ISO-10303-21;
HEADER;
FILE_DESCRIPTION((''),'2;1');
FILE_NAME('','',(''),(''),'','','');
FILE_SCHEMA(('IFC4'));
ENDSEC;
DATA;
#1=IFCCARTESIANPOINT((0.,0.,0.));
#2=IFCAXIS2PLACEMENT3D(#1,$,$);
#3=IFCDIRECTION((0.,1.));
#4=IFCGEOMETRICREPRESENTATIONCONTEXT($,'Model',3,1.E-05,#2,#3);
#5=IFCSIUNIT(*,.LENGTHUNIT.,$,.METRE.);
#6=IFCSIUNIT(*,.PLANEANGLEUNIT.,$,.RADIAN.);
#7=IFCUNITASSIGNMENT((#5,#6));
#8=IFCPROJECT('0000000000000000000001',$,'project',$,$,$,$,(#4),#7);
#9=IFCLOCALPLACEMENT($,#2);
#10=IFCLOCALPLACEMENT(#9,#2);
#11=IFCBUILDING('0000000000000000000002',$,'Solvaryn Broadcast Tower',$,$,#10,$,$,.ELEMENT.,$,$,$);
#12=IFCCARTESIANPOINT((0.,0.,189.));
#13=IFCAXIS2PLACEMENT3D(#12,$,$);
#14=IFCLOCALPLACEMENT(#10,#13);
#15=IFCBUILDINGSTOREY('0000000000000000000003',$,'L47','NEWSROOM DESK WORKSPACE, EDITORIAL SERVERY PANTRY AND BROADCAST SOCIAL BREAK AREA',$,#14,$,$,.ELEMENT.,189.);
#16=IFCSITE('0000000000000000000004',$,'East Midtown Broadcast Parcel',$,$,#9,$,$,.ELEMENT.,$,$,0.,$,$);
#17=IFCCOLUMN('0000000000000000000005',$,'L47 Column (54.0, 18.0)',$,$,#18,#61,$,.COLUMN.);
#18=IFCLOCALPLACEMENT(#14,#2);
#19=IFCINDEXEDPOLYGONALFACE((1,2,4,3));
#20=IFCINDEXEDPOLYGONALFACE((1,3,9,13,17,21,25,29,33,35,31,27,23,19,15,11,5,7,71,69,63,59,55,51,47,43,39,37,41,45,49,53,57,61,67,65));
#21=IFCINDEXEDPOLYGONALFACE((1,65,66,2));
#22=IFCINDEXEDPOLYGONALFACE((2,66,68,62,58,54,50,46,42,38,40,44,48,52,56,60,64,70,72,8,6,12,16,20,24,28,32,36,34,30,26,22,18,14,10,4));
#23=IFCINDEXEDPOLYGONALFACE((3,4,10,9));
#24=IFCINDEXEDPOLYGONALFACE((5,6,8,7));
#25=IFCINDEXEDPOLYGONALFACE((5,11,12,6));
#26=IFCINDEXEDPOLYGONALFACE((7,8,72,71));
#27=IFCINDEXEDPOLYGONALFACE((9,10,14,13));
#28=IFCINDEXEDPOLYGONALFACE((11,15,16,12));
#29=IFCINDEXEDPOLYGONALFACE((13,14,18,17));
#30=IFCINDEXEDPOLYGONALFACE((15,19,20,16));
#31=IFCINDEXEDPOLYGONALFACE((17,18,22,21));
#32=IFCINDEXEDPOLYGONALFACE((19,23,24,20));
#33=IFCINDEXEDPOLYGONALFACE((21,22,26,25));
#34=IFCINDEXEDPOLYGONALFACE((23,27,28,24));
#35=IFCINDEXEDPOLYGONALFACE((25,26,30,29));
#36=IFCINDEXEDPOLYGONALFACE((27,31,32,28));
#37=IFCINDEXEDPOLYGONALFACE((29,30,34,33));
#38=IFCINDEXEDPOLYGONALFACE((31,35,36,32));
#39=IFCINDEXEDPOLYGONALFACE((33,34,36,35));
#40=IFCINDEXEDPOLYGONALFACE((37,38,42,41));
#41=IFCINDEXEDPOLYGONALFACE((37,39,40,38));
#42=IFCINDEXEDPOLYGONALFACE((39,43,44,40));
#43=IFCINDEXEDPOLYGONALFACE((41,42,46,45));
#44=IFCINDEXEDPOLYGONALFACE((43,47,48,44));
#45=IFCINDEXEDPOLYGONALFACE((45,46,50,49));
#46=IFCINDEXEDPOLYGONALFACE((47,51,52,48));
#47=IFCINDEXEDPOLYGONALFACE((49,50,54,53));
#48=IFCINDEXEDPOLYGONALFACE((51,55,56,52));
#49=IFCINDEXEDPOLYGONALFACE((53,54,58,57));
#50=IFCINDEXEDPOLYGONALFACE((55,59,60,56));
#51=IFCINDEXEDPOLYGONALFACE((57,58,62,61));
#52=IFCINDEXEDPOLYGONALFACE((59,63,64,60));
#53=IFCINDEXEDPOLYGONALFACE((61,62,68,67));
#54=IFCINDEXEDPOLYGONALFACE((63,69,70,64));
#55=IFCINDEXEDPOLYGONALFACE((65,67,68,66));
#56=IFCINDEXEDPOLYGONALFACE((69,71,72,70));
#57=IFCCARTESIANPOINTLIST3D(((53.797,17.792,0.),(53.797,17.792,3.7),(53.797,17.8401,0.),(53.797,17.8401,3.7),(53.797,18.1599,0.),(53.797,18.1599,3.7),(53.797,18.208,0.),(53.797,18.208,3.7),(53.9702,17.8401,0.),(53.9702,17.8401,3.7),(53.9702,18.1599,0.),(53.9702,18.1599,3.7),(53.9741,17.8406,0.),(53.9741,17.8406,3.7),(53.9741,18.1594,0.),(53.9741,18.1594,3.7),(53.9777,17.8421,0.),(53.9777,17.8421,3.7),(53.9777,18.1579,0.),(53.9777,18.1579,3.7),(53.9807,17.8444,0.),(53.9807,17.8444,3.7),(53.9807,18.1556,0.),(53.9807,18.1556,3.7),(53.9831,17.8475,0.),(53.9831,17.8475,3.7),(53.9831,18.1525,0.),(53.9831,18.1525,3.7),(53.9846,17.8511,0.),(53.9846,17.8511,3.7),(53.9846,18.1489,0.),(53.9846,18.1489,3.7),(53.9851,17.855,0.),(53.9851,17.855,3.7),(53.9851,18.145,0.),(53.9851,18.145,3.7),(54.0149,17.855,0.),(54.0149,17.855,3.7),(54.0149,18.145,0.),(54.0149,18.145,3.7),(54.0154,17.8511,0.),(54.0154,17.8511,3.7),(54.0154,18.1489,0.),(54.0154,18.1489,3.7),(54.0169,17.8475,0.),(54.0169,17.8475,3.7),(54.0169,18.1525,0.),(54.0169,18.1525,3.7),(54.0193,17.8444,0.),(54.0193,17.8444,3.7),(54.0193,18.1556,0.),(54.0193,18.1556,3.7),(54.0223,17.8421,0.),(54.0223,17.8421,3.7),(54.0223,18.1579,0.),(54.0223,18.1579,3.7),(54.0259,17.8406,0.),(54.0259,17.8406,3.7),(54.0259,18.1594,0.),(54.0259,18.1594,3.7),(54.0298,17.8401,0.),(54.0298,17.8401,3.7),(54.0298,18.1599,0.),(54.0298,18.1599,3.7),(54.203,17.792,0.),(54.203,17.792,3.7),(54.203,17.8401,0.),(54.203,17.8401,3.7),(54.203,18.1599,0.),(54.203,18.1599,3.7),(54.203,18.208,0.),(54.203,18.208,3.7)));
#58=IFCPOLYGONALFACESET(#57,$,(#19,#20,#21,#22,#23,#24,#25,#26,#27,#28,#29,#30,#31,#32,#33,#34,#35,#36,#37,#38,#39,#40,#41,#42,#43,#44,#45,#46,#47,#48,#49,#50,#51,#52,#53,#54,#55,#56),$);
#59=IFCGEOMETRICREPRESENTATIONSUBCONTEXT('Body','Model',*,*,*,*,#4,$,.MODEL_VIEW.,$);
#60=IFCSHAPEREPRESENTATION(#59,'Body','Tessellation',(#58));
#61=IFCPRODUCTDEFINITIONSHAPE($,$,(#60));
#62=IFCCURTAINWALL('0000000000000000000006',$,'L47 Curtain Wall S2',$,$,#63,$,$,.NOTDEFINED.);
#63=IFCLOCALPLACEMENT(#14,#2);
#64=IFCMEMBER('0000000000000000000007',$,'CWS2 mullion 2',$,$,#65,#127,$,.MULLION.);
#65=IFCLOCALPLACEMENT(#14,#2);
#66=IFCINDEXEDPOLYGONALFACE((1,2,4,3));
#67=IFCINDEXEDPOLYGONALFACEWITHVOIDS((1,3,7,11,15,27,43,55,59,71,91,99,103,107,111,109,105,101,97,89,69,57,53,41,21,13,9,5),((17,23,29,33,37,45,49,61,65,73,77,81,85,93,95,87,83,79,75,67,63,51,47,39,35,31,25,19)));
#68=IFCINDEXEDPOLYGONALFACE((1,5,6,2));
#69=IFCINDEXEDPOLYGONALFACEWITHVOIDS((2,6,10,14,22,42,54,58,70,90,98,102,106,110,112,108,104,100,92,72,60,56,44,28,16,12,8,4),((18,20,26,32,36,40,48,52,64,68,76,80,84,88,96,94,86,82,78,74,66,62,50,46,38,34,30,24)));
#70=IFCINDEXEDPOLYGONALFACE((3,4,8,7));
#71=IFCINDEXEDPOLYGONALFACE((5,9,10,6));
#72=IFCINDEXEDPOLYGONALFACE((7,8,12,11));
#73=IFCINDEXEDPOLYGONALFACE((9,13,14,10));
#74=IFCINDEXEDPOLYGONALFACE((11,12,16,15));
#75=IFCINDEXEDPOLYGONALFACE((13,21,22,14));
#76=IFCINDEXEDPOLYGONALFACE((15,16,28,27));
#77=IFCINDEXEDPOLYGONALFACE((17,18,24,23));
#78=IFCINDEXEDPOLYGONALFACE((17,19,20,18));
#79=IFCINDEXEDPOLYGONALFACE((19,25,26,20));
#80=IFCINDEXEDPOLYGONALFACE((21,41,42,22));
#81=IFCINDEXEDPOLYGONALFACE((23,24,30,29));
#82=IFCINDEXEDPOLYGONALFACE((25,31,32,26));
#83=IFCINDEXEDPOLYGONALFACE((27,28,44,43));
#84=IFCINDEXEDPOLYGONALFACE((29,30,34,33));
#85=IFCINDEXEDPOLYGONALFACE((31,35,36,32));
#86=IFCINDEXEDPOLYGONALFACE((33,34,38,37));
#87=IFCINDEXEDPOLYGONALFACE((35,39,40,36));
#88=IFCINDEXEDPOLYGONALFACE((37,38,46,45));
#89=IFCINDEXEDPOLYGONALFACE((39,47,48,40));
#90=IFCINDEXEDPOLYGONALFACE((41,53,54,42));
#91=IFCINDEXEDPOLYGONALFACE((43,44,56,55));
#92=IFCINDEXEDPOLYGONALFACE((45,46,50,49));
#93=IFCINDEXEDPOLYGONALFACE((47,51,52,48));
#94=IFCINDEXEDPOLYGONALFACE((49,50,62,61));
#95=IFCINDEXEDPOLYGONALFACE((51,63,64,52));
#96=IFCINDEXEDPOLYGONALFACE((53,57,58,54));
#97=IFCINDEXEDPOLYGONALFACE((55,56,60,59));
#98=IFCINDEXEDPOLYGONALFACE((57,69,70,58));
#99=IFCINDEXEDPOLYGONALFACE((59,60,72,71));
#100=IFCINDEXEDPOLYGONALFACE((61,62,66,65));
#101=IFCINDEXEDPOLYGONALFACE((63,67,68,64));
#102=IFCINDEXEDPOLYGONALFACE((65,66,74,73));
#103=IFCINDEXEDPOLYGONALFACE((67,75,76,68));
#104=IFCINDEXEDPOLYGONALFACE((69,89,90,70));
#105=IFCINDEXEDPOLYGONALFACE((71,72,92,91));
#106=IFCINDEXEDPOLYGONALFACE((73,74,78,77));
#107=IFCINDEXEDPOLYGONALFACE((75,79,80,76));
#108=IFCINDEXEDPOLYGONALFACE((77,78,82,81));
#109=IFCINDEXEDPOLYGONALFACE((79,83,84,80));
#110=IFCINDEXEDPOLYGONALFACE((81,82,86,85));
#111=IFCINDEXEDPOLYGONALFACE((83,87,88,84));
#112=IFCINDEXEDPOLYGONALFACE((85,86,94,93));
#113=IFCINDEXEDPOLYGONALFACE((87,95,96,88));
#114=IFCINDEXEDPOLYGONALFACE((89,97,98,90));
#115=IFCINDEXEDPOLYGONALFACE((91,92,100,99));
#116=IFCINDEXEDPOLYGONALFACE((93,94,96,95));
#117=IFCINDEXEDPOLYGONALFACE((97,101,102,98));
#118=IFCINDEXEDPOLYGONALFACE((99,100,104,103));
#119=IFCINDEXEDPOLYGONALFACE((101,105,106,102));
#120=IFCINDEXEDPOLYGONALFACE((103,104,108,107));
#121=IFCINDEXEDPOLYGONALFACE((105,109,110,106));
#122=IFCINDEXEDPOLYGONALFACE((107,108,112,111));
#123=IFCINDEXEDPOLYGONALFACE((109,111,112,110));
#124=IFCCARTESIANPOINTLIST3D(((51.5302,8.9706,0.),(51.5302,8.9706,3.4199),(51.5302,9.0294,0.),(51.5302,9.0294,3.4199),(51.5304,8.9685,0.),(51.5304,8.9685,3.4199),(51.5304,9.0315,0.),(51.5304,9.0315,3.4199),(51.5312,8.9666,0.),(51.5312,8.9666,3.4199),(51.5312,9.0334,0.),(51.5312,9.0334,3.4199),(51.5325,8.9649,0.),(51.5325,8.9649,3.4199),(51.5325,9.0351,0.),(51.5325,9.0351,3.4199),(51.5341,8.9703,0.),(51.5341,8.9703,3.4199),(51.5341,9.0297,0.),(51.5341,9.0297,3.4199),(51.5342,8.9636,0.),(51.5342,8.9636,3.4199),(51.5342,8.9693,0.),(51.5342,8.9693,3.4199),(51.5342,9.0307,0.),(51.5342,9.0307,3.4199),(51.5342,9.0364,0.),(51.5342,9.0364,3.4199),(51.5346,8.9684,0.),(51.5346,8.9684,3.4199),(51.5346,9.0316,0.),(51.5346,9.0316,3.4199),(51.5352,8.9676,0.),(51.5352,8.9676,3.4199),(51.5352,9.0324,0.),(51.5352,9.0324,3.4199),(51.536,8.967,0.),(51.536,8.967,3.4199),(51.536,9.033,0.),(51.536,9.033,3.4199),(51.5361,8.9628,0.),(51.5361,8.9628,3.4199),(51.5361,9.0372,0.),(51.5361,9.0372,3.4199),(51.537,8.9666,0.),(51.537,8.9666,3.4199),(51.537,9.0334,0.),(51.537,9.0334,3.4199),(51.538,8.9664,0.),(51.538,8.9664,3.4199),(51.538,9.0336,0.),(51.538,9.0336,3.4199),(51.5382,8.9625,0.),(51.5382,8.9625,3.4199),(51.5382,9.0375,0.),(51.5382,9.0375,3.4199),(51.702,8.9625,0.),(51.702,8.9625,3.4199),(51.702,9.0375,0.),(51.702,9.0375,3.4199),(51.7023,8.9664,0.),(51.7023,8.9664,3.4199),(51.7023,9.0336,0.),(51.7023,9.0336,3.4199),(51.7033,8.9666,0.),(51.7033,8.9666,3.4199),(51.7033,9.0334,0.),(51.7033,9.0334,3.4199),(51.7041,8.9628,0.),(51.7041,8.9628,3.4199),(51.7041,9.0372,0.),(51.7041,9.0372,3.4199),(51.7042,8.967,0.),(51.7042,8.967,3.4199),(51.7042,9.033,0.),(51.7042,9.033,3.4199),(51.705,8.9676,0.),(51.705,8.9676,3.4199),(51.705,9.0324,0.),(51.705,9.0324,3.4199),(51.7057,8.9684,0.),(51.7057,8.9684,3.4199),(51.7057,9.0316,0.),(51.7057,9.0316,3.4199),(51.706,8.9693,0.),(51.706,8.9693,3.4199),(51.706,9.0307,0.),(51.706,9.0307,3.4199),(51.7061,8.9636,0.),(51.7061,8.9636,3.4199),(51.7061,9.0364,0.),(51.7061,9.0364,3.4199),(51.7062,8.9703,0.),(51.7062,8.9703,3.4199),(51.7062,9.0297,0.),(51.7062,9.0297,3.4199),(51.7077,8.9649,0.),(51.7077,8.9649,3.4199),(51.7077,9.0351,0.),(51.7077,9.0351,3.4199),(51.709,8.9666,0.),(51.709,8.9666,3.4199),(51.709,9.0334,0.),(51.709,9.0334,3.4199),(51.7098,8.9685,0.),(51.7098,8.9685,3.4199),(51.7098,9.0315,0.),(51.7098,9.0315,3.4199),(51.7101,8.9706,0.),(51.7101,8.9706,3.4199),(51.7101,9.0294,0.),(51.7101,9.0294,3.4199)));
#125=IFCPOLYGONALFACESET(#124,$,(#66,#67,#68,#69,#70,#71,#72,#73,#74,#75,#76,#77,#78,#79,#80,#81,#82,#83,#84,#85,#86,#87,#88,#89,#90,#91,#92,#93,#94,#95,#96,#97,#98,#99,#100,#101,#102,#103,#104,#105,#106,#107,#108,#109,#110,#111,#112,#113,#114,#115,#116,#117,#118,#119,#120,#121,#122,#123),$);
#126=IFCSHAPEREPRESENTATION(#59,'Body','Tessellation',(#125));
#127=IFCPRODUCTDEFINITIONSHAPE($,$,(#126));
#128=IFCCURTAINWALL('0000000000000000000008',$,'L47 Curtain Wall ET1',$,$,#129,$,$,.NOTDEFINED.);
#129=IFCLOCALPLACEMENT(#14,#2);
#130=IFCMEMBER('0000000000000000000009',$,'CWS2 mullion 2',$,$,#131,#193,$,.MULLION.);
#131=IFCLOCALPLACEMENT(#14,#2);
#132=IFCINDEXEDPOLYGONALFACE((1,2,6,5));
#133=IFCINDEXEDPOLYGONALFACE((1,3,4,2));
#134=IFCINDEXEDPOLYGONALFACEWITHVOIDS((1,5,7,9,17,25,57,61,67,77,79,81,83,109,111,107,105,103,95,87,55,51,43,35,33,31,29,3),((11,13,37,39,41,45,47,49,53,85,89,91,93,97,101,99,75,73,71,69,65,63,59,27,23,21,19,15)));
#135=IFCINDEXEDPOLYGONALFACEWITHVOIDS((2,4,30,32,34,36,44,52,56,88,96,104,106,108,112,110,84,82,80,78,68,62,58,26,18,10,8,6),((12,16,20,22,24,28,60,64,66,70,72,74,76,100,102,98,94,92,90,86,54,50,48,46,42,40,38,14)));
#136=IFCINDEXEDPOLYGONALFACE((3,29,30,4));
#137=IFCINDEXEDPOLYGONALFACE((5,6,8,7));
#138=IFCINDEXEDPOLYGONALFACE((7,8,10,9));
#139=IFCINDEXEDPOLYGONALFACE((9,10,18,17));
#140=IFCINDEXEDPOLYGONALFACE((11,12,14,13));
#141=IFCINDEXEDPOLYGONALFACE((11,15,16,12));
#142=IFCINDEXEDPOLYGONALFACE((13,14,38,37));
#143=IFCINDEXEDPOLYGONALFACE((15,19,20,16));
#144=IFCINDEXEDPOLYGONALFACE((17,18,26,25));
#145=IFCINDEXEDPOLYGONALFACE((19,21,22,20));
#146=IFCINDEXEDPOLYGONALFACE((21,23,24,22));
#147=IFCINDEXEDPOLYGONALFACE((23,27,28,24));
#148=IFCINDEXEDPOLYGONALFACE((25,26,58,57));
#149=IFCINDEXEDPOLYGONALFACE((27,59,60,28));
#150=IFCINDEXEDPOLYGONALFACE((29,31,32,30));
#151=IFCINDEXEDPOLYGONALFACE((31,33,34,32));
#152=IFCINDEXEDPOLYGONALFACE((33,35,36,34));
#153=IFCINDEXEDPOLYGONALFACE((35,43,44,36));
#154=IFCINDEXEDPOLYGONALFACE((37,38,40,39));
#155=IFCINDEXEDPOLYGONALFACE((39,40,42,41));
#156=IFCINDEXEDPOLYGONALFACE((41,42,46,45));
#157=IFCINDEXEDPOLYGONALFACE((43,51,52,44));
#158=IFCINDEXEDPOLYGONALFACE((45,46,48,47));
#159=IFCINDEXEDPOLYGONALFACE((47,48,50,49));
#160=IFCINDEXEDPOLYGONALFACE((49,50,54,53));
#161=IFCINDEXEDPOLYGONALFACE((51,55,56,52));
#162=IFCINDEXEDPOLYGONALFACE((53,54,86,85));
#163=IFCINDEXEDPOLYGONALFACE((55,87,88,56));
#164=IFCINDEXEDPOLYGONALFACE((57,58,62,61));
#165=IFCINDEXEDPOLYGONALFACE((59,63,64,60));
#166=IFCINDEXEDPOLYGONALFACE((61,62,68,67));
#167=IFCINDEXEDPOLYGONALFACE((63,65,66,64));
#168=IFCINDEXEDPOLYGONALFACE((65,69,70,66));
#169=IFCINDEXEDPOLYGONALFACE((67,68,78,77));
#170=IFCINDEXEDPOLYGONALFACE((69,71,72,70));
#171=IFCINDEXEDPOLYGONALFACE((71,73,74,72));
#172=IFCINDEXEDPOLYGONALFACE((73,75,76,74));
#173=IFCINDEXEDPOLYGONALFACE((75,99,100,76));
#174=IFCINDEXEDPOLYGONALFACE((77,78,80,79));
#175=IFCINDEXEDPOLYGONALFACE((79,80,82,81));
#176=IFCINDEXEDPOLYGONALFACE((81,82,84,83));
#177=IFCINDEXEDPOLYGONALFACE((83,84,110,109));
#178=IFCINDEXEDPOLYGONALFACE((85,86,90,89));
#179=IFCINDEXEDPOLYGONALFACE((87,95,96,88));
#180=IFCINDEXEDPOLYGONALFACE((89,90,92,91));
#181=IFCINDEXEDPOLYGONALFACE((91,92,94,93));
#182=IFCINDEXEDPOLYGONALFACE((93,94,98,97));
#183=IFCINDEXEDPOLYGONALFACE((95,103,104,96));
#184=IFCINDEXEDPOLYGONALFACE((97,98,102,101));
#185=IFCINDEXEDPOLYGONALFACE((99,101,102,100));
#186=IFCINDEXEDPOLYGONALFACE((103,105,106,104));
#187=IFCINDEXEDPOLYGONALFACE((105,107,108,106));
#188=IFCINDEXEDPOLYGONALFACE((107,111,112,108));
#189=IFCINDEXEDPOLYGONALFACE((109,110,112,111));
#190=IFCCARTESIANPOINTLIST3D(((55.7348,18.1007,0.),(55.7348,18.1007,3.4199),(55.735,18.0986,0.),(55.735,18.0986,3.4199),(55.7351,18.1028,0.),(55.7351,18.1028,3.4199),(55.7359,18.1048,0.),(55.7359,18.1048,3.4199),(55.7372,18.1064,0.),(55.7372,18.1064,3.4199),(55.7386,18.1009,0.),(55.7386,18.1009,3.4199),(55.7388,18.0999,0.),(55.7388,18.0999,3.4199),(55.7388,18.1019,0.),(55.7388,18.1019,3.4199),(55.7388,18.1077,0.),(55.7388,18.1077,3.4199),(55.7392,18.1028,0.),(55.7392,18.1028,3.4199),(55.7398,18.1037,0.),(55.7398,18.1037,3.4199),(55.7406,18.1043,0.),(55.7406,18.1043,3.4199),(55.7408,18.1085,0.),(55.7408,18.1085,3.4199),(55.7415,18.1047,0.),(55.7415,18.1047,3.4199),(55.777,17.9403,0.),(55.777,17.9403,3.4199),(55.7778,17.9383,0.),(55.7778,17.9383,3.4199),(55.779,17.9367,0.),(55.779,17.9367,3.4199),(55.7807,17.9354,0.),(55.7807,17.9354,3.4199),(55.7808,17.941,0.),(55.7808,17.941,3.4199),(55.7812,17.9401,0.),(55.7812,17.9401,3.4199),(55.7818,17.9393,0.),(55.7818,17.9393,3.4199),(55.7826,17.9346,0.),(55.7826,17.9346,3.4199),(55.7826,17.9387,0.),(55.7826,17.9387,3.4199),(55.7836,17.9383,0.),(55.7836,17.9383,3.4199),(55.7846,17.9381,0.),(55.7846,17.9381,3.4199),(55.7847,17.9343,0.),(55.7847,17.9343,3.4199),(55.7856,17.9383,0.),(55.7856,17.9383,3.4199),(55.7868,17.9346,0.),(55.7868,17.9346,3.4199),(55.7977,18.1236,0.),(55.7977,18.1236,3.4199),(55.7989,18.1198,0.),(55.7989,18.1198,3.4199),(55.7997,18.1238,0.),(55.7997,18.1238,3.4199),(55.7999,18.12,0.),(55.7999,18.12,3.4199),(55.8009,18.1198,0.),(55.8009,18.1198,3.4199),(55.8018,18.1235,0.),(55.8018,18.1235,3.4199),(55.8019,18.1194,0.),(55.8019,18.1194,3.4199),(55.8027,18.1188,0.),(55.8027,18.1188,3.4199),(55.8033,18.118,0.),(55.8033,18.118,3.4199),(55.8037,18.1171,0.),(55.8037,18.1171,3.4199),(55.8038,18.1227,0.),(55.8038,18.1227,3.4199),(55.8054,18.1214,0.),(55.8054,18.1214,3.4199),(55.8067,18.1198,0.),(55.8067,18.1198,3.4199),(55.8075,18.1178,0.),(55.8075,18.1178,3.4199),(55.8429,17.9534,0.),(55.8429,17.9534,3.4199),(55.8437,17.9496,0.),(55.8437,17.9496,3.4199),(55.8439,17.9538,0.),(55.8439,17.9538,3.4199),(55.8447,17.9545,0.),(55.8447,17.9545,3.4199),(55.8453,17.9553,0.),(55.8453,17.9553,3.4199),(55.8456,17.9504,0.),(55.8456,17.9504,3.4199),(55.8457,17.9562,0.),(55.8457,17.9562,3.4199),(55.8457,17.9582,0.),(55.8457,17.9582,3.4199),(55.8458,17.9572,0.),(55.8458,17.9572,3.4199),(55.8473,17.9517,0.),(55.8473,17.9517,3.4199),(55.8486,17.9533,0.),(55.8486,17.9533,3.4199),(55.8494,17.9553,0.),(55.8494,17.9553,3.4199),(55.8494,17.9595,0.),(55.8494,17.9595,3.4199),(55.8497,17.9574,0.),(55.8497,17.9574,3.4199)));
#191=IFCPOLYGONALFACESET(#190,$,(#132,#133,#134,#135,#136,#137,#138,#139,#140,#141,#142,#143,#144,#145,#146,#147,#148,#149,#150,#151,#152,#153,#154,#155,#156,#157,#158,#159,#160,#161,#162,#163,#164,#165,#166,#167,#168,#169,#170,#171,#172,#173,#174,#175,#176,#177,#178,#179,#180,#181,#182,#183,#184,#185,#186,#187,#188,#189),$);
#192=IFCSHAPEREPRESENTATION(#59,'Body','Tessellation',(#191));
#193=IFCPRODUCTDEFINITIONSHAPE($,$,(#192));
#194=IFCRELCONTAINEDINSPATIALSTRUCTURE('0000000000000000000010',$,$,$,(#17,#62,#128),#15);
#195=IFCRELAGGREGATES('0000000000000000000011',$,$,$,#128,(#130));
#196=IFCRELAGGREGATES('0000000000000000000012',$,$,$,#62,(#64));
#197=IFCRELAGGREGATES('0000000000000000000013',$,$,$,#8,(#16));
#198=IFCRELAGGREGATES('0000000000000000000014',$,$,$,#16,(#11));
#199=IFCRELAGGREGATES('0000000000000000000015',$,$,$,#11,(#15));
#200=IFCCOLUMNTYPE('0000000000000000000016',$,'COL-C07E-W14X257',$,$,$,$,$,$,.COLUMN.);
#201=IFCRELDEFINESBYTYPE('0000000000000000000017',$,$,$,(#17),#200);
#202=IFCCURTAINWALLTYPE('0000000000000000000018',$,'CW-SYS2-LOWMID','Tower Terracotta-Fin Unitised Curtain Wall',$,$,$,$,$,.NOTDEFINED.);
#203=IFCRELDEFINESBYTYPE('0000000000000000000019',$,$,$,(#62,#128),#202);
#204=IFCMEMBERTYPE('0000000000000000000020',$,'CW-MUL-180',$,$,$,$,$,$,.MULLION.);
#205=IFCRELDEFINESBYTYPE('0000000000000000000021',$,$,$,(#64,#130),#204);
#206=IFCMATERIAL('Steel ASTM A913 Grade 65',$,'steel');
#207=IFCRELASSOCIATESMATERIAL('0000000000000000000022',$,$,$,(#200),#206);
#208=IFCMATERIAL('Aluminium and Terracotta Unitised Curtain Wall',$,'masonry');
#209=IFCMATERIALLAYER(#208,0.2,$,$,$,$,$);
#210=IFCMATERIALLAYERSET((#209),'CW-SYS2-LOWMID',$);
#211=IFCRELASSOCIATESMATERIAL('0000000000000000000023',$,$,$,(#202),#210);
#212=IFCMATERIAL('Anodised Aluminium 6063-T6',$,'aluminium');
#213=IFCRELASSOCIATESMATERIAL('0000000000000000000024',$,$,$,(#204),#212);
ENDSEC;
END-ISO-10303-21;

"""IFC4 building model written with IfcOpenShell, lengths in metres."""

from ifc_helpers import new_model, si_unit, direction, frame, origin, origin_2d, place, context, subcontext, project, spatial, hollow_rectangle, i_section, extrude, material, layer, layer_set, material_profile, profile_set, type_object, element, aggregate, save


model = new_model("IFC4")

# Units and contexts
model_context = context("Model", 3, precision=1e-05, world=origin(), true_north=direction((0.0, 1.0)))
body_context = subcontext(model_context, "Body", "Model", "MODEL_VIEW")
ifc_project = project(units=[si_unit("LENGTHUNIT", "METRE"), si_unit("PLANEANGLEUNIT", "RADIAN")], contexts=[model_context])

# Site, building, storey
site_placement = place(None, origin())
site = spatial("IfcSite", under=ifc_project, at=site_placement, Name="East Midtown Broadcast Parcel", CompositionType="ELEMENT", RefElevation=0.0)
building_placement = place(site_placement, origin())
building = spatial("IfcBuilding", under=site, at=building_placement, Name="Solvaryn Broadcast Tower", CompositionType="ELEMENT")
storey_placement = place(building_placement, frame((0.0, 0.0, 189.0)))
storey = spatial("IfcBuildingStorey", under=building, at=storey_placement, Name="L47", Description="NEWSROOM DESK WORKSPACE, EDITORIAL SERVERY PANTRY AND BROADCAST SOCIAL BREAK AREA", CompositionType="ELEMENT", Elevation=189.0)

# Column
ifc_material_1 = material(Name="Steel ASTM A913 Grade 65", Category="steel")
ifc_material_profile_1 = material_profile(ifc_material_1, i_section(OverallWidth=0.406, OverallDepth=0.416, WebThickness=0.0298, FlangeThickness=0.0481, FilletRadius=0.0149, at=origin_2d()))
ifc_profile_set_1 = profile_set([ifc_material_profile_1], Name="Steel ASTM A913 Grade 65")
column_type = type_object("IfcColumnType", Name="COL-C07E-W14X257", PredefinedType="COLUMN", material=ifc_profile_set_1)
column_placement = place(storey_placement, frame((54.0, 18.0, 0.0), z_axis=(0.0, 0.0, 1.0), x_axis=(1.0, 0.0, 0.0)))
element("IfcColumn", 1, at=column_placement, inside=storey, type_object=column_type, Name="L47 Column (54.0, 18.0)", PredefinedType="COLUMN", context=body_context, shape_type="SweptSolid", body=[
    extrude(i_section(OverallWidth=0.406, OverallDepth=0.416, WebThickness=0.0298, FlangeThickness=0.0481, FilletRadius=0.0149, at=origin_2d()), origin(), (0.0, 0.0, 1.0), 3.7),
])

# Curtain walls, members
ifc_material_2 = material(Name="Aluminium and Terracotta Unitised Curtain Wall", Category="masonry")
ifc_layer_1 = layer(ifc_material_2, 0.2)
ifc_layer_set_1 = layer_set([ifc_layer_1], Name="CW-SYS2-LOWMID")
curtain_wall_type = type_object("IfcCurtainWallType", Name="CW-SYS2-LOWMID", Description="Tower Terracotta-Fin Unitised Curtain Wall", PredefinedType="NOTDEFINED", material=ifc_layer_set_1)
curtain_wall_1_placement = place(storey_placement, origin())
curtain_wall_1 = element("IfcCurtainWall", 2, at=curtain_wall_1_placement, inside=storey, type_object=curtain_wall_type, Name="L47 Curtain Wall S2", PredefinedType="NOTDEFINED")
ifc_material_3 = material(Name="Anodised Aluminium 6063-T6", Category="aluminium")
ifc_material_profile_2 = material_profile(ifc_material_3, hollow_rectangle(XDim=0.075, YDim=0.1799, WallThickness=0.0039, InnerFilletRadius=0.0039, OuterFilletRadius=0.0081, at=origin_2d()))
ifc_profile_set_2 = profile_set([ifc_material_profile_2], Name="Anodised Aluminium 6063-T6")
member_type_1 = type_object("IfcMemberType", Name="CW-MUL-180", PredefinedType="MULLION", material=ifc_profile_set_2)
member_1_placement = place(storey_placement, frame((51.6201, 9.0, 0.0), z_axis=(0.0, 0.0, 1.0), x_axis=(0.0, 1.0, 0.0)))
member_1 = element("IfcMember", 3, at=member_1_placement, type_object=member_type_1, Name="CWS2 mullion 2", PredefinedType="MULLION", context=body_context, shape_type="SweptSolid", body=[
    extrude(hollow_rectangle(XDim=0.075, YDim=0.1799, WallThickness=0.0039, InnerFilletRadius=0.0039, OuterFilletRadius=0.0081, at=origin_2d()), origin(), (0.0, 0.0, 1.0), 3.4199),
])
curtain_wall_2_placement = place(storey_placement, origin())
curtain_wall_2 = element("IfcCurtainWall", 4, at=curtain_wall_2_placement, inside=storey, type_object=curtain_wall_type, Name="L47 Curtain Wall ET1", PredefinedType="NOTDEFINED")
member_2_placement = place(storey_placement, frame((55.7922, 18.0291, 0.0), z_axis=(0.0, 0.0, 1.0), x_axis=(0.966705, 0.255893, 0.0)))
member_2 = element("IfcMember", 5, at=member_2_placement, type_object=member_type_1, Name="CWS2 mullion 2", PredefinedType="MULLION", context=body_context, shape_type="SweptSolid", body=[
    extrude(hollow_rectangle(XDim=0.075, YDim=0.1799, WallThickness=0.0039, InnerFilletRadius=0.0039, OuterFilletRadius=0.0081, at=origin_2d()), origin(), (0.0, 0.0, 1.0), 3.4199),
])
aggregate(curtain_wall_2, [member_2])

aggregate(curtain_wall_1, [member_1])

save(model, "model.ifc")
